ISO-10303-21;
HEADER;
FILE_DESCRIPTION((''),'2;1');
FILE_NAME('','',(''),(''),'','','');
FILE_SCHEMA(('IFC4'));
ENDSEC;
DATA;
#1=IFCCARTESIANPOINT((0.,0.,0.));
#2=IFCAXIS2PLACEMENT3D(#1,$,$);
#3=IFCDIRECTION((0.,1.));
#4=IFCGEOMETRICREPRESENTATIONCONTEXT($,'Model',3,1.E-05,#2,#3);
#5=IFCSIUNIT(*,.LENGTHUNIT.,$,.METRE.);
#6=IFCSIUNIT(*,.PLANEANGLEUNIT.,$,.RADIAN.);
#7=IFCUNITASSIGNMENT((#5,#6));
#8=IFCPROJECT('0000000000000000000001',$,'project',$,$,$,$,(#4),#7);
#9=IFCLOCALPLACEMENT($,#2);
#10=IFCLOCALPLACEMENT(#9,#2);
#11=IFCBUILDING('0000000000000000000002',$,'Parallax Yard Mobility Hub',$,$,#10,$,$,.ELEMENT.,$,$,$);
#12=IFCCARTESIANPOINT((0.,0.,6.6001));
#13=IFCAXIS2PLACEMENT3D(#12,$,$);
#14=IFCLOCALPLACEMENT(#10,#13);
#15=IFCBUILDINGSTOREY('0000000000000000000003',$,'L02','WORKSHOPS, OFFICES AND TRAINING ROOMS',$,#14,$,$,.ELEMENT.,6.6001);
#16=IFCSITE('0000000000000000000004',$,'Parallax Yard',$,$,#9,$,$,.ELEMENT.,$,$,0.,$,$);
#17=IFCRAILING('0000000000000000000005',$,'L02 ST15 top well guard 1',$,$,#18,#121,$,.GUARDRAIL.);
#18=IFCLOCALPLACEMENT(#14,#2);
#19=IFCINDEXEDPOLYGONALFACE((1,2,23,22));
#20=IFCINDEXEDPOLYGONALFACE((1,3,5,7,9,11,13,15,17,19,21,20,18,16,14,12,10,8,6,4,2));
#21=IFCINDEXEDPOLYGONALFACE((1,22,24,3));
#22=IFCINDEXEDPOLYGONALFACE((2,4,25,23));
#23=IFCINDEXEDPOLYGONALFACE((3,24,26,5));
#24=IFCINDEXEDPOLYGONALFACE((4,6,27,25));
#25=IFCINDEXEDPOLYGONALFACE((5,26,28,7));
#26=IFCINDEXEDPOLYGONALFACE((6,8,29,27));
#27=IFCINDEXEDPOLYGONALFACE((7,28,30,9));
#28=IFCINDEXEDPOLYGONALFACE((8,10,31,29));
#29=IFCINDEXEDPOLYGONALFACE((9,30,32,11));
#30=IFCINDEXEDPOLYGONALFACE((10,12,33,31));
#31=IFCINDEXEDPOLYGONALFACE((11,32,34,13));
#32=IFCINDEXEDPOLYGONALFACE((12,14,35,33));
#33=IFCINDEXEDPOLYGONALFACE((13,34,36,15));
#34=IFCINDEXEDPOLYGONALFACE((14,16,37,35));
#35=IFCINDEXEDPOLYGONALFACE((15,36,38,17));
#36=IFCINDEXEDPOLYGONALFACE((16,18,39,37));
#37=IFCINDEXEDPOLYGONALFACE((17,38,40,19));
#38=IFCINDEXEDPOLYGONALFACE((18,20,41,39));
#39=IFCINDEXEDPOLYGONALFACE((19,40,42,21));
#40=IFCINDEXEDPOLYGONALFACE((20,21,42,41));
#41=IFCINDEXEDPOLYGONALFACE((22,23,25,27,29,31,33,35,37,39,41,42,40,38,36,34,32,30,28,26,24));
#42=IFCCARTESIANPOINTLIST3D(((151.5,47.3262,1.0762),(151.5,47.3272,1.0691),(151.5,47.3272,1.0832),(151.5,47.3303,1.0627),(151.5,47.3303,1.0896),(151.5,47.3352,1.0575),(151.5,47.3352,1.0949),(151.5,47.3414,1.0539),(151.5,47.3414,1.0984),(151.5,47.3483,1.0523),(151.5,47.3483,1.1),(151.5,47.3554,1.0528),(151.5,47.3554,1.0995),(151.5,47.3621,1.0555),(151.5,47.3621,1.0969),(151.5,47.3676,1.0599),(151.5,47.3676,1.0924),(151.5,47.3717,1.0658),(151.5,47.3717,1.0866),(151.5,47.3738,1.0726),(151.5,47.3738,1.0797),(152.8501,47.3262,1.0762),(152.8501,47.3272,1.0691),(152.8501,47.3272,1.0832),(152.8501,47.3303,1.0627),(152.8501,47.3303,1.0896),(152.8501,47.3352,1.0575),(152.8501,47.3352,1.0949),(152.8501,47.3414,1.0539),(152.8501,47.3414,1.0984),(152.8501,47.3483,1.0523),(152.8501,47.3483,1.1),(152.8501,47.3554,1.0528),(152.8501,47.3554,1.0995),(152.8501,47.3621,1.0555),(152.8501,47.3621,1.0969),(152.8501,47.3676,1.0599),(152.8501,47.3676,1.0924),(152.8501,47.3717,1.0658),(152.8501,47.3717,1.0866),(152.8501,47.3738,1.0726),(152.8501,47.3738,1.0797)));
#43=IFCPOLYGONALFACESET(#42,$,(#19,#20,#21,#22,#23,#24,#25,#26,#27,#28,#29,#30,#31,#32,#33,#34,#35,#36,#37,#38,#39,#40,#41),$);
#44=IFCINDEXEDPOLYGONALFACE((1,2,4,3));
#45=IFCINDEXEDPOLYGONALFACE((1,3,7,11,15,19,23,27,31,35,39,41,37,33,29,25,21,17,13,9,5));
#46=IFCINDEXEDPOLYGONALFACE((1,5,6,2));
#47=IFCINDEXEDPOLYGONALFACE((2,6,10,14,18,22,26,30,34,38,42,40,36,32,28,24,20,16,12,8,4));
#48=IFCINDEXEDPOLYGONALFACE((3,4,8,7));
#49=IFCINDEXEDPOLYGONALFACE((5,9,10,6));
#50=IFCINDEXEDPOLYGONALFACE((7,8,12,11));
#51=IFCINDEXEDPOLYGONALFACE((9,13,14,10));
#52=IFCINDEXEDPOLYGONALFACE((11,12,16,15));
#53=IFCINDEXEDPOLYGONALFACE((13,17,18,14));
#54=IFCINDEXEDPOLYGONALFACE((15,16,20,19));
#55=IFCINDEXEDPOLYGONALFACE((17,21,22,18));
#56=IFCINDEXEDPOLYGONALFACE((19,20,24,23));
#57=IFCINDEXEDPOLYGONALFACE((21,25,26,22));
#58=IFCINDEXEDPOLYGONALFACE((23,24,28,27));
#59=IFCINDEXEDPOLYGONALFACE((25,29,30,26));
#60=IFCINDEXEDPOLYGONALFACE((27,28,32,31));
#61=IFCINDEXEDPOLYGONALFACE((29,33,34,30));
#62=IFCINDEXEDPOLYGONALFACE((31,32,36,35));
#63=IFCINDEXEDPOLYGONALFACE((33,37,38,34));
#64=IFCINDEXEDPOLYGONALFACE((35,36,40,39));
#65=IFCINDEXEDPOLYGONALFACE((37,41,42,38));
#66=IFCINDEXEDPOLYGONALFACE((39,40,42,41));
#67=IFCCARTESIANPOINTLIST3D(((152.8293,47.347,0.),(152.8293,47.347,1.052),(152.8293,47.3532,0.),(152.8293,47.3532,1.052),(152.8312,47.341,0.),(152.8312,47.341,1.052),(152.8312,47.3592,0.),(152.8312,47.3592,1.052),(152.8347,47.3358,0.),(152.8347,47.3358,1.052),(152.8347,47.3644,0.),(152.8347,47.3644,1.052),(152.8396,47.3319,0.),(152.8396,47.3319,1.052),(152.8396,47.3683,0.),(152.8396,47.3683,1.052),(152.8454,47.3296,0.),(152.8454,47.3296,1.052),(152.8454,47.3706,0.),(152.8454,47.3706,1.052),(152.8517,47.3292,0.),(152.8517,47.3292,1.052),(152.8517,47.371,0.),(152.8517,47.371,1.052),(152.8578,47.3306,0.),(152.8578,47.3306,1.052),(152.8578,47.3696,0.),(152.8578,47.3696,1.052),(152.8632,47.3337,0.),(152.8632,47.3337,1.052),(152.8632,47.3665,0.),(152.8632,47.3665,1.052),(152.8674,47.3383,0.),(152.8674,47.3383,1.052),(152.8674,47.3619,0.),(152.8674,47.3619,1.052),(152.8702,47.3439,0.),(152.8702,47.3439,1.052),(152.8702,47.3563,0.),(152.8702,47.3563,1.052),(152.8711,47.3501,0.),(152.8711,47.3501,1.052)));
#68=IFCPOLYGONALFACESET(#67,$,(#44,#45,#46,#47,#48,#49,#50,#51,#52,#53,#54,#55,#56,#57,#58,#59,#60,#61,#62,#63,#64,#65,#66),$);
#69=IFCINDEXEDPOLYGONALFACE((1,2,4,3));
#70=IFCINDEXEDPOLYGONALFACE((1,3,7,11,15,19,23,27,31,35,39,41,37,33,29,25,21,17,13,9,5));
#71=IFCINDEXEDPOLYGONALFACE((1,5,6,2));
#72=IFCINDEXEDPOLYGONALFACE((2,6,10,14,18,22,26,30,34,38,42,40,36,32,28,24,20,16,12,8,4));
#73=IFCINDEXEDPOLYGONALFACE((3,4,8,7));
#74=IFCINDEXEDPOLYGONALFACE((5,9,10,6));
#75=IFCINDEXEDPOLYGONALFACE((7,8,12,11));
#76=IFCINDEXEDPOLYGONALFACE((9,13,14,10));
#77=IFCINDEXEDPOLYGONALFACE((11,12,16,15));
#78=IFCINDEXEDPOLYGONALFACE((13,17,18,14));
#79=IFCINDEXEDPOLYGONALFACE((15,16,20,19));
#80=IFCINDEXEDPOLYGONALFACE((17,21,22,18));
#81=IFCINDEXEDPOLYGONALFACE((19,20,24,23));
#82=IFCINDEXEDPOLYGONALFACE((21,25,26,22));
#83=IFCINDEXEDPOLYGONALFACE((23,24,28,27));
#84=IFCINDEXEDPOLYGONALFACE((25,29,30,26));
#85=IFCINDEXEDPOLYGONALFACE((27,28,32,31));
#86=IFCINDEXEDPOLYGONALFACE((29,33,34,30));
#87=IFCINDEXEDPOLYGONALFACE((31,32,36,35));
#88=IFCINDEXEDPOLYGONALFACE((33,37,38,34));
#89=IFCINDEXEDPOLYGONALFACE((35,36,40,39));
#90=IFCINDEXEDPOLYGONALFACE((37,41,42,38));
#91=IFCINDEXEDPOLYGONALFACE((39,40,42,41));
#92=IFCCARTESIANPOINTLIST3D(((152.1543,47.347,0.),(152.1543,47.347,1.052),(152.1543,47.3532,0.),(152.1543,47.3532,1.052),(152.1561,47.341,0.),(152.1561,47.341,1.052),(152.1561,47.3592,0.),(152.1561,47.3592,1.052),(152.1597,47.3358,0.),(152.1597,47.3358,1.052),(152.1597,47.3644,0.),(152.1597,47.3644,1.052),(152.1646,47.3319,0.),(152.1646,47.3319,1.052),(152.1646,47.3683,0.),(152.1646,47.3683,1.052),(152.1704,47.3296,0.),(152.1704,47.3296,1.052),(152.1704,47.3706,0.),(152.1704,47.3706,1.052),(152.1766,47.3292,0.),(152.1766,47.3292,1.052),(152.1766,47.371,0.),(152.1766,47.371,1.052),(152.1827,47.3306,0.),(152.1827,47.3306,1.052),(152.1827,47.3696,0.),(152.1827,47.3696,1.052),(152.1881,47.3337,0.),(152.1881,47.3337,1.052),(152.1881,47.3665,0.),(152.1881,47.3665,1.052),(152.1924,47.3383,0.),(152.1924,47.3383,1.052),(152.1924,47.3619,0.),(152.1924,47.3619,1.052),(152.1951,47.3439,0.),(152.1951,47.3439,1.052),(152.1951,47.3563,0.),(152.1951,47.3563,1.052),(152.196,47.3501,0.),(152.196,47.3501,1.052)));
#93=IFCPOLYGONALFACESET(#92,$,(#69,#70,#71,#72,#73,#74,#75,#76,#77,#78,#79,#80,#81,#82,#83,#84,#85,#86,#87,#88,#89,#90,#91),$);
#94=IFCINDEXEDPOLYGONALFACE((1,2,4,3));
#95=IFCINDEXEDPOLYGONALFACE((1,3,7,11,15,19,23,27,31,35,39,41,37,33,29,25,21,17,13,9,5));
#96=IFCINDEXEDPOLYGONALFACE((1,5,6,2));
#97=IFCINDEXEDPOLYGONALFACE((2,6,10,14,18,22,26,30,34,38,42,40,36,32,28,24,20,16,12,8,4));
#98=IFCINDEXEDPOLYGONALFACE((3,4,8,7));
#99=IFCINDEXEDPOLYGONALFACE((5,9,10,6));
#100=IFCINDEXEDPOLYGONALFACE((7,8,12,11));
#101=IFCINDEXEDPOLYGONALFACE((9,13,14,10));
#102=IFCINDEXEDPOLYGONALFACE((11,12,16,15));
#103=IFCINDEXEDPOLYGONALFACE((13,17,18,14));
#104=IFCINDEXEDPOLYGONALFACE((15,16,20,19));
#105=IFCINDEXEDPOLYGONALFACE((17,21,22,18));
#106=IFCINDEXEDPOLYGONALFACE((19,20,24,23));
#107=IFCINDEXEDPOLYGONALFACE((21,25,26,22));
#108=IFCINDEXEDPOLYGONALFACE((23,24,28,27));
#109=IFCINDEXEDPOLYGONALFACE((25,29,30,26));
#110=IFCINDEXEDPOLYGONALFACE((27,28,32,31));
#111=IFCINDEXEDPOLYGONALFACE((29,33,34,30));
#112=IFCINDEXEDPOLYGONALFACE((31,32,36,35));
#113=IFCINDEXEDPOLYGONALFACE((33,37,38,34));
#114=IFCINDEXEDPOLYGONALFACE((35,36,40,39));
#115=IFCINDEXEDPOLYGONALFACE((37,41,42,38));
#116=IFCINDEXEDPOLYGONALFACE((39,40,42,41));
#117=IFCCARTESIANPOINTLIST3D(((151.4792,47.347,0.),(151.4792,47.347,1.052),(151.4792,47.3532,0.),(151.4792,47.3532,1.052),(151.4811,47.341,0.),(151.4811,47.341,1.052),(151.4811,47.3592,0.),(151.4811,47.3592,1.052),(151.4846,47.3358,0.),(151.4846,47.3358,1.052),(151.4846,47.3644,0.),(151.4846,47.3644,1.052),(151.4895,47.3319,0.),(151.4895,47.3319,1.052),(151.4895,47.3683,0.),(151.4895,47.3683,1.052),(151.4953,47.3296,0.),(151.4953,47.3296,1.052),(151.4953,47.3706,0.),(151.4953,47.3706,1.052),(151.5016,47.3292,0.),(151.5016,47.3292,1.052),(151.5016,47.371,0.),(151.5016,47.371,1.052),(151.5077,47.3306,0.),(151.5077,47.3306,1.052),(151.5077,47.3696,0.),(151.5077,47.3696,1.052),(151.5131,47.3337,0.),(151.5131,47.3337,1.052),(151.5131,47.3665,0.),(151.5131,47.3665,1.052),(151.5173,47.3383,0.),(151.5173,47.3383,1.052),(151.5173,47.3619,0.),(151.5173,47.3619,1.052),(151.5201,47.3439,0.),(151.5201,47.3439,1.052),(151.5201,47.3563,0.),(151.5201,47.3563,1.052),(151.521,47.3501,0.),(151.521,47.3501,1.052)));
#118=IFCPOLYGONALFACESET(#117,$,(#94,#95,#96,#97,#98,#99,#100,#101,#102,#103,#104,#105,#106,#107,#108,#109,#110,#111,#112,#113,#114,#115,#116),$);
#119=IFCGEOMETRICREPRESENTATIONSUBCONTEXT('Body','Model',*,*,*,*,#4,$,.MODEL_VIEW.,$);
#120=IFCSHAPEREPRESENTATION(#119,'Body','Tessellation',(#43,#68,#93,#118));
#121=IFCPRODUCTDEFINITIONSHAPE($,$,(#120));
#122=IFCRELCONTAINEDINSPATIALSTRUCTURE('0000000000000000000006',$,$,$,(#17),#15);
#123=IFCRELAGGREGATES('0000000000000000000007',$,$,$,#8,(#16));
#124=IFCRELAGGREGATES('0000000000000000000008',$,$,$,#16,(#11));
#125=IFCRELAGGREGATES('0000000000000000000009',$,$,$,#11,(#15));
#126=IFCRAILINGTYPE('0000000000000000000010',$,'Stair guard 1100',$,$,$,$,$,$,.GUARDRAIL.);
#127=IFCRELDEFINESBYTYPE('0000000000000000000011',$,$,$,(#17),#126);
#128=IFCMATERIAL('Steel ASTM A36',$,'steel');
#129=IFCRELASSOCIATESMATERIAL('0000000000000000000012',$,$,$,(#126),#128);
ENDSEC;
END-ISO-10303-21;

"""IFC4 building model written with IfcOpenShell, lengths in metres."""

from ifc_helpers import new_model, si_unit, direction, frame, origin, origin_2d, place, context, subcontext, project, spatial, circle, extrude, material, type_object, element, save


model = new_model("IFC4")

# Units and contexts
model_context = context("Model", 3, precision=1e-05, world=origin(), true_north=direction((0.0, 1.0)))
body_context = subcontext(model_context, "Body", "Model", "MODEL_VIEW")
ifc_project = project(units=[si_unit("LENGTHUNIT", "METRE"), si_unit("PLANEANGLEUNIT", "RADIAN")], contexts=[model_context])

# Site, building, storey
site_placement = place(None, origin())
site = spatial("IfcSite", under=ifc_project, at=site_placement, Name="Parallax Yard", CompositionType="ELEMENT", RefElevation=0.0)
building_placement = place(site_placement, origin())
building = spatial("IfcBuilding", under=site, at=building_placement, Name="Parallax Yard Mobility Hub", CompositionType="ELEMENT")
storey_placement = place(building_placement, frame((0.0, 0.0, 6.6001)))
storey = spatial("IfcBuildingStorey", under=building, at=storey_placement, Name="L02", Description="WORKSHOPS, OFFICES AND TRAINING ROOMS", CompositionType="ELEMENT", Elevation=6.6001)

# Railing
ifc_material_1 = material(Name="Steel ASTM A36", Category="steel")
railing_type = type_object("IfcRailingType", Name="Stair guard 1100", PredefinedType="GUARDRAIL", material=ifc_material_1)
railing_placement = place(storey_placement, frame((152.8501, 47.3501, 0.0)))
element("IfcRailing", 1, at=railing_placement, inside=storey, type_object=railing_type, Name="L02 ST15 top well guard 1", PredefinedType="GUARDRAIL", context=body_context, shape_type="SweptSolid", body=[
    extrude(circle(Radius=0.0239, at=origin_2d()), frame((0.0, 0.0, 1.0762), z_axis=(-1.0, 0.0, 0.0), x_axis=(0.0, -1.0, 0.0)), (0.0, 0.0, 1.0), 1.3501),
    extrude(circle(Radius=0.021, at=origin_2d()), origin(), (0.0, 0.0, 1.0), 1.052),
    extrude(circle(Radius=0.021, at=origin_2d()), frame((-0.675, 0.0, 0.0)), (0.0, 0.0, 1.0), 1.052),
    extrude(circle(Radius=0.021, at=origin_2d()), frame((-1.3501, 0.0, 0.0)), (0.0, 0.0, 1.0), 1.052),
])

save(model, "model.ifc")
